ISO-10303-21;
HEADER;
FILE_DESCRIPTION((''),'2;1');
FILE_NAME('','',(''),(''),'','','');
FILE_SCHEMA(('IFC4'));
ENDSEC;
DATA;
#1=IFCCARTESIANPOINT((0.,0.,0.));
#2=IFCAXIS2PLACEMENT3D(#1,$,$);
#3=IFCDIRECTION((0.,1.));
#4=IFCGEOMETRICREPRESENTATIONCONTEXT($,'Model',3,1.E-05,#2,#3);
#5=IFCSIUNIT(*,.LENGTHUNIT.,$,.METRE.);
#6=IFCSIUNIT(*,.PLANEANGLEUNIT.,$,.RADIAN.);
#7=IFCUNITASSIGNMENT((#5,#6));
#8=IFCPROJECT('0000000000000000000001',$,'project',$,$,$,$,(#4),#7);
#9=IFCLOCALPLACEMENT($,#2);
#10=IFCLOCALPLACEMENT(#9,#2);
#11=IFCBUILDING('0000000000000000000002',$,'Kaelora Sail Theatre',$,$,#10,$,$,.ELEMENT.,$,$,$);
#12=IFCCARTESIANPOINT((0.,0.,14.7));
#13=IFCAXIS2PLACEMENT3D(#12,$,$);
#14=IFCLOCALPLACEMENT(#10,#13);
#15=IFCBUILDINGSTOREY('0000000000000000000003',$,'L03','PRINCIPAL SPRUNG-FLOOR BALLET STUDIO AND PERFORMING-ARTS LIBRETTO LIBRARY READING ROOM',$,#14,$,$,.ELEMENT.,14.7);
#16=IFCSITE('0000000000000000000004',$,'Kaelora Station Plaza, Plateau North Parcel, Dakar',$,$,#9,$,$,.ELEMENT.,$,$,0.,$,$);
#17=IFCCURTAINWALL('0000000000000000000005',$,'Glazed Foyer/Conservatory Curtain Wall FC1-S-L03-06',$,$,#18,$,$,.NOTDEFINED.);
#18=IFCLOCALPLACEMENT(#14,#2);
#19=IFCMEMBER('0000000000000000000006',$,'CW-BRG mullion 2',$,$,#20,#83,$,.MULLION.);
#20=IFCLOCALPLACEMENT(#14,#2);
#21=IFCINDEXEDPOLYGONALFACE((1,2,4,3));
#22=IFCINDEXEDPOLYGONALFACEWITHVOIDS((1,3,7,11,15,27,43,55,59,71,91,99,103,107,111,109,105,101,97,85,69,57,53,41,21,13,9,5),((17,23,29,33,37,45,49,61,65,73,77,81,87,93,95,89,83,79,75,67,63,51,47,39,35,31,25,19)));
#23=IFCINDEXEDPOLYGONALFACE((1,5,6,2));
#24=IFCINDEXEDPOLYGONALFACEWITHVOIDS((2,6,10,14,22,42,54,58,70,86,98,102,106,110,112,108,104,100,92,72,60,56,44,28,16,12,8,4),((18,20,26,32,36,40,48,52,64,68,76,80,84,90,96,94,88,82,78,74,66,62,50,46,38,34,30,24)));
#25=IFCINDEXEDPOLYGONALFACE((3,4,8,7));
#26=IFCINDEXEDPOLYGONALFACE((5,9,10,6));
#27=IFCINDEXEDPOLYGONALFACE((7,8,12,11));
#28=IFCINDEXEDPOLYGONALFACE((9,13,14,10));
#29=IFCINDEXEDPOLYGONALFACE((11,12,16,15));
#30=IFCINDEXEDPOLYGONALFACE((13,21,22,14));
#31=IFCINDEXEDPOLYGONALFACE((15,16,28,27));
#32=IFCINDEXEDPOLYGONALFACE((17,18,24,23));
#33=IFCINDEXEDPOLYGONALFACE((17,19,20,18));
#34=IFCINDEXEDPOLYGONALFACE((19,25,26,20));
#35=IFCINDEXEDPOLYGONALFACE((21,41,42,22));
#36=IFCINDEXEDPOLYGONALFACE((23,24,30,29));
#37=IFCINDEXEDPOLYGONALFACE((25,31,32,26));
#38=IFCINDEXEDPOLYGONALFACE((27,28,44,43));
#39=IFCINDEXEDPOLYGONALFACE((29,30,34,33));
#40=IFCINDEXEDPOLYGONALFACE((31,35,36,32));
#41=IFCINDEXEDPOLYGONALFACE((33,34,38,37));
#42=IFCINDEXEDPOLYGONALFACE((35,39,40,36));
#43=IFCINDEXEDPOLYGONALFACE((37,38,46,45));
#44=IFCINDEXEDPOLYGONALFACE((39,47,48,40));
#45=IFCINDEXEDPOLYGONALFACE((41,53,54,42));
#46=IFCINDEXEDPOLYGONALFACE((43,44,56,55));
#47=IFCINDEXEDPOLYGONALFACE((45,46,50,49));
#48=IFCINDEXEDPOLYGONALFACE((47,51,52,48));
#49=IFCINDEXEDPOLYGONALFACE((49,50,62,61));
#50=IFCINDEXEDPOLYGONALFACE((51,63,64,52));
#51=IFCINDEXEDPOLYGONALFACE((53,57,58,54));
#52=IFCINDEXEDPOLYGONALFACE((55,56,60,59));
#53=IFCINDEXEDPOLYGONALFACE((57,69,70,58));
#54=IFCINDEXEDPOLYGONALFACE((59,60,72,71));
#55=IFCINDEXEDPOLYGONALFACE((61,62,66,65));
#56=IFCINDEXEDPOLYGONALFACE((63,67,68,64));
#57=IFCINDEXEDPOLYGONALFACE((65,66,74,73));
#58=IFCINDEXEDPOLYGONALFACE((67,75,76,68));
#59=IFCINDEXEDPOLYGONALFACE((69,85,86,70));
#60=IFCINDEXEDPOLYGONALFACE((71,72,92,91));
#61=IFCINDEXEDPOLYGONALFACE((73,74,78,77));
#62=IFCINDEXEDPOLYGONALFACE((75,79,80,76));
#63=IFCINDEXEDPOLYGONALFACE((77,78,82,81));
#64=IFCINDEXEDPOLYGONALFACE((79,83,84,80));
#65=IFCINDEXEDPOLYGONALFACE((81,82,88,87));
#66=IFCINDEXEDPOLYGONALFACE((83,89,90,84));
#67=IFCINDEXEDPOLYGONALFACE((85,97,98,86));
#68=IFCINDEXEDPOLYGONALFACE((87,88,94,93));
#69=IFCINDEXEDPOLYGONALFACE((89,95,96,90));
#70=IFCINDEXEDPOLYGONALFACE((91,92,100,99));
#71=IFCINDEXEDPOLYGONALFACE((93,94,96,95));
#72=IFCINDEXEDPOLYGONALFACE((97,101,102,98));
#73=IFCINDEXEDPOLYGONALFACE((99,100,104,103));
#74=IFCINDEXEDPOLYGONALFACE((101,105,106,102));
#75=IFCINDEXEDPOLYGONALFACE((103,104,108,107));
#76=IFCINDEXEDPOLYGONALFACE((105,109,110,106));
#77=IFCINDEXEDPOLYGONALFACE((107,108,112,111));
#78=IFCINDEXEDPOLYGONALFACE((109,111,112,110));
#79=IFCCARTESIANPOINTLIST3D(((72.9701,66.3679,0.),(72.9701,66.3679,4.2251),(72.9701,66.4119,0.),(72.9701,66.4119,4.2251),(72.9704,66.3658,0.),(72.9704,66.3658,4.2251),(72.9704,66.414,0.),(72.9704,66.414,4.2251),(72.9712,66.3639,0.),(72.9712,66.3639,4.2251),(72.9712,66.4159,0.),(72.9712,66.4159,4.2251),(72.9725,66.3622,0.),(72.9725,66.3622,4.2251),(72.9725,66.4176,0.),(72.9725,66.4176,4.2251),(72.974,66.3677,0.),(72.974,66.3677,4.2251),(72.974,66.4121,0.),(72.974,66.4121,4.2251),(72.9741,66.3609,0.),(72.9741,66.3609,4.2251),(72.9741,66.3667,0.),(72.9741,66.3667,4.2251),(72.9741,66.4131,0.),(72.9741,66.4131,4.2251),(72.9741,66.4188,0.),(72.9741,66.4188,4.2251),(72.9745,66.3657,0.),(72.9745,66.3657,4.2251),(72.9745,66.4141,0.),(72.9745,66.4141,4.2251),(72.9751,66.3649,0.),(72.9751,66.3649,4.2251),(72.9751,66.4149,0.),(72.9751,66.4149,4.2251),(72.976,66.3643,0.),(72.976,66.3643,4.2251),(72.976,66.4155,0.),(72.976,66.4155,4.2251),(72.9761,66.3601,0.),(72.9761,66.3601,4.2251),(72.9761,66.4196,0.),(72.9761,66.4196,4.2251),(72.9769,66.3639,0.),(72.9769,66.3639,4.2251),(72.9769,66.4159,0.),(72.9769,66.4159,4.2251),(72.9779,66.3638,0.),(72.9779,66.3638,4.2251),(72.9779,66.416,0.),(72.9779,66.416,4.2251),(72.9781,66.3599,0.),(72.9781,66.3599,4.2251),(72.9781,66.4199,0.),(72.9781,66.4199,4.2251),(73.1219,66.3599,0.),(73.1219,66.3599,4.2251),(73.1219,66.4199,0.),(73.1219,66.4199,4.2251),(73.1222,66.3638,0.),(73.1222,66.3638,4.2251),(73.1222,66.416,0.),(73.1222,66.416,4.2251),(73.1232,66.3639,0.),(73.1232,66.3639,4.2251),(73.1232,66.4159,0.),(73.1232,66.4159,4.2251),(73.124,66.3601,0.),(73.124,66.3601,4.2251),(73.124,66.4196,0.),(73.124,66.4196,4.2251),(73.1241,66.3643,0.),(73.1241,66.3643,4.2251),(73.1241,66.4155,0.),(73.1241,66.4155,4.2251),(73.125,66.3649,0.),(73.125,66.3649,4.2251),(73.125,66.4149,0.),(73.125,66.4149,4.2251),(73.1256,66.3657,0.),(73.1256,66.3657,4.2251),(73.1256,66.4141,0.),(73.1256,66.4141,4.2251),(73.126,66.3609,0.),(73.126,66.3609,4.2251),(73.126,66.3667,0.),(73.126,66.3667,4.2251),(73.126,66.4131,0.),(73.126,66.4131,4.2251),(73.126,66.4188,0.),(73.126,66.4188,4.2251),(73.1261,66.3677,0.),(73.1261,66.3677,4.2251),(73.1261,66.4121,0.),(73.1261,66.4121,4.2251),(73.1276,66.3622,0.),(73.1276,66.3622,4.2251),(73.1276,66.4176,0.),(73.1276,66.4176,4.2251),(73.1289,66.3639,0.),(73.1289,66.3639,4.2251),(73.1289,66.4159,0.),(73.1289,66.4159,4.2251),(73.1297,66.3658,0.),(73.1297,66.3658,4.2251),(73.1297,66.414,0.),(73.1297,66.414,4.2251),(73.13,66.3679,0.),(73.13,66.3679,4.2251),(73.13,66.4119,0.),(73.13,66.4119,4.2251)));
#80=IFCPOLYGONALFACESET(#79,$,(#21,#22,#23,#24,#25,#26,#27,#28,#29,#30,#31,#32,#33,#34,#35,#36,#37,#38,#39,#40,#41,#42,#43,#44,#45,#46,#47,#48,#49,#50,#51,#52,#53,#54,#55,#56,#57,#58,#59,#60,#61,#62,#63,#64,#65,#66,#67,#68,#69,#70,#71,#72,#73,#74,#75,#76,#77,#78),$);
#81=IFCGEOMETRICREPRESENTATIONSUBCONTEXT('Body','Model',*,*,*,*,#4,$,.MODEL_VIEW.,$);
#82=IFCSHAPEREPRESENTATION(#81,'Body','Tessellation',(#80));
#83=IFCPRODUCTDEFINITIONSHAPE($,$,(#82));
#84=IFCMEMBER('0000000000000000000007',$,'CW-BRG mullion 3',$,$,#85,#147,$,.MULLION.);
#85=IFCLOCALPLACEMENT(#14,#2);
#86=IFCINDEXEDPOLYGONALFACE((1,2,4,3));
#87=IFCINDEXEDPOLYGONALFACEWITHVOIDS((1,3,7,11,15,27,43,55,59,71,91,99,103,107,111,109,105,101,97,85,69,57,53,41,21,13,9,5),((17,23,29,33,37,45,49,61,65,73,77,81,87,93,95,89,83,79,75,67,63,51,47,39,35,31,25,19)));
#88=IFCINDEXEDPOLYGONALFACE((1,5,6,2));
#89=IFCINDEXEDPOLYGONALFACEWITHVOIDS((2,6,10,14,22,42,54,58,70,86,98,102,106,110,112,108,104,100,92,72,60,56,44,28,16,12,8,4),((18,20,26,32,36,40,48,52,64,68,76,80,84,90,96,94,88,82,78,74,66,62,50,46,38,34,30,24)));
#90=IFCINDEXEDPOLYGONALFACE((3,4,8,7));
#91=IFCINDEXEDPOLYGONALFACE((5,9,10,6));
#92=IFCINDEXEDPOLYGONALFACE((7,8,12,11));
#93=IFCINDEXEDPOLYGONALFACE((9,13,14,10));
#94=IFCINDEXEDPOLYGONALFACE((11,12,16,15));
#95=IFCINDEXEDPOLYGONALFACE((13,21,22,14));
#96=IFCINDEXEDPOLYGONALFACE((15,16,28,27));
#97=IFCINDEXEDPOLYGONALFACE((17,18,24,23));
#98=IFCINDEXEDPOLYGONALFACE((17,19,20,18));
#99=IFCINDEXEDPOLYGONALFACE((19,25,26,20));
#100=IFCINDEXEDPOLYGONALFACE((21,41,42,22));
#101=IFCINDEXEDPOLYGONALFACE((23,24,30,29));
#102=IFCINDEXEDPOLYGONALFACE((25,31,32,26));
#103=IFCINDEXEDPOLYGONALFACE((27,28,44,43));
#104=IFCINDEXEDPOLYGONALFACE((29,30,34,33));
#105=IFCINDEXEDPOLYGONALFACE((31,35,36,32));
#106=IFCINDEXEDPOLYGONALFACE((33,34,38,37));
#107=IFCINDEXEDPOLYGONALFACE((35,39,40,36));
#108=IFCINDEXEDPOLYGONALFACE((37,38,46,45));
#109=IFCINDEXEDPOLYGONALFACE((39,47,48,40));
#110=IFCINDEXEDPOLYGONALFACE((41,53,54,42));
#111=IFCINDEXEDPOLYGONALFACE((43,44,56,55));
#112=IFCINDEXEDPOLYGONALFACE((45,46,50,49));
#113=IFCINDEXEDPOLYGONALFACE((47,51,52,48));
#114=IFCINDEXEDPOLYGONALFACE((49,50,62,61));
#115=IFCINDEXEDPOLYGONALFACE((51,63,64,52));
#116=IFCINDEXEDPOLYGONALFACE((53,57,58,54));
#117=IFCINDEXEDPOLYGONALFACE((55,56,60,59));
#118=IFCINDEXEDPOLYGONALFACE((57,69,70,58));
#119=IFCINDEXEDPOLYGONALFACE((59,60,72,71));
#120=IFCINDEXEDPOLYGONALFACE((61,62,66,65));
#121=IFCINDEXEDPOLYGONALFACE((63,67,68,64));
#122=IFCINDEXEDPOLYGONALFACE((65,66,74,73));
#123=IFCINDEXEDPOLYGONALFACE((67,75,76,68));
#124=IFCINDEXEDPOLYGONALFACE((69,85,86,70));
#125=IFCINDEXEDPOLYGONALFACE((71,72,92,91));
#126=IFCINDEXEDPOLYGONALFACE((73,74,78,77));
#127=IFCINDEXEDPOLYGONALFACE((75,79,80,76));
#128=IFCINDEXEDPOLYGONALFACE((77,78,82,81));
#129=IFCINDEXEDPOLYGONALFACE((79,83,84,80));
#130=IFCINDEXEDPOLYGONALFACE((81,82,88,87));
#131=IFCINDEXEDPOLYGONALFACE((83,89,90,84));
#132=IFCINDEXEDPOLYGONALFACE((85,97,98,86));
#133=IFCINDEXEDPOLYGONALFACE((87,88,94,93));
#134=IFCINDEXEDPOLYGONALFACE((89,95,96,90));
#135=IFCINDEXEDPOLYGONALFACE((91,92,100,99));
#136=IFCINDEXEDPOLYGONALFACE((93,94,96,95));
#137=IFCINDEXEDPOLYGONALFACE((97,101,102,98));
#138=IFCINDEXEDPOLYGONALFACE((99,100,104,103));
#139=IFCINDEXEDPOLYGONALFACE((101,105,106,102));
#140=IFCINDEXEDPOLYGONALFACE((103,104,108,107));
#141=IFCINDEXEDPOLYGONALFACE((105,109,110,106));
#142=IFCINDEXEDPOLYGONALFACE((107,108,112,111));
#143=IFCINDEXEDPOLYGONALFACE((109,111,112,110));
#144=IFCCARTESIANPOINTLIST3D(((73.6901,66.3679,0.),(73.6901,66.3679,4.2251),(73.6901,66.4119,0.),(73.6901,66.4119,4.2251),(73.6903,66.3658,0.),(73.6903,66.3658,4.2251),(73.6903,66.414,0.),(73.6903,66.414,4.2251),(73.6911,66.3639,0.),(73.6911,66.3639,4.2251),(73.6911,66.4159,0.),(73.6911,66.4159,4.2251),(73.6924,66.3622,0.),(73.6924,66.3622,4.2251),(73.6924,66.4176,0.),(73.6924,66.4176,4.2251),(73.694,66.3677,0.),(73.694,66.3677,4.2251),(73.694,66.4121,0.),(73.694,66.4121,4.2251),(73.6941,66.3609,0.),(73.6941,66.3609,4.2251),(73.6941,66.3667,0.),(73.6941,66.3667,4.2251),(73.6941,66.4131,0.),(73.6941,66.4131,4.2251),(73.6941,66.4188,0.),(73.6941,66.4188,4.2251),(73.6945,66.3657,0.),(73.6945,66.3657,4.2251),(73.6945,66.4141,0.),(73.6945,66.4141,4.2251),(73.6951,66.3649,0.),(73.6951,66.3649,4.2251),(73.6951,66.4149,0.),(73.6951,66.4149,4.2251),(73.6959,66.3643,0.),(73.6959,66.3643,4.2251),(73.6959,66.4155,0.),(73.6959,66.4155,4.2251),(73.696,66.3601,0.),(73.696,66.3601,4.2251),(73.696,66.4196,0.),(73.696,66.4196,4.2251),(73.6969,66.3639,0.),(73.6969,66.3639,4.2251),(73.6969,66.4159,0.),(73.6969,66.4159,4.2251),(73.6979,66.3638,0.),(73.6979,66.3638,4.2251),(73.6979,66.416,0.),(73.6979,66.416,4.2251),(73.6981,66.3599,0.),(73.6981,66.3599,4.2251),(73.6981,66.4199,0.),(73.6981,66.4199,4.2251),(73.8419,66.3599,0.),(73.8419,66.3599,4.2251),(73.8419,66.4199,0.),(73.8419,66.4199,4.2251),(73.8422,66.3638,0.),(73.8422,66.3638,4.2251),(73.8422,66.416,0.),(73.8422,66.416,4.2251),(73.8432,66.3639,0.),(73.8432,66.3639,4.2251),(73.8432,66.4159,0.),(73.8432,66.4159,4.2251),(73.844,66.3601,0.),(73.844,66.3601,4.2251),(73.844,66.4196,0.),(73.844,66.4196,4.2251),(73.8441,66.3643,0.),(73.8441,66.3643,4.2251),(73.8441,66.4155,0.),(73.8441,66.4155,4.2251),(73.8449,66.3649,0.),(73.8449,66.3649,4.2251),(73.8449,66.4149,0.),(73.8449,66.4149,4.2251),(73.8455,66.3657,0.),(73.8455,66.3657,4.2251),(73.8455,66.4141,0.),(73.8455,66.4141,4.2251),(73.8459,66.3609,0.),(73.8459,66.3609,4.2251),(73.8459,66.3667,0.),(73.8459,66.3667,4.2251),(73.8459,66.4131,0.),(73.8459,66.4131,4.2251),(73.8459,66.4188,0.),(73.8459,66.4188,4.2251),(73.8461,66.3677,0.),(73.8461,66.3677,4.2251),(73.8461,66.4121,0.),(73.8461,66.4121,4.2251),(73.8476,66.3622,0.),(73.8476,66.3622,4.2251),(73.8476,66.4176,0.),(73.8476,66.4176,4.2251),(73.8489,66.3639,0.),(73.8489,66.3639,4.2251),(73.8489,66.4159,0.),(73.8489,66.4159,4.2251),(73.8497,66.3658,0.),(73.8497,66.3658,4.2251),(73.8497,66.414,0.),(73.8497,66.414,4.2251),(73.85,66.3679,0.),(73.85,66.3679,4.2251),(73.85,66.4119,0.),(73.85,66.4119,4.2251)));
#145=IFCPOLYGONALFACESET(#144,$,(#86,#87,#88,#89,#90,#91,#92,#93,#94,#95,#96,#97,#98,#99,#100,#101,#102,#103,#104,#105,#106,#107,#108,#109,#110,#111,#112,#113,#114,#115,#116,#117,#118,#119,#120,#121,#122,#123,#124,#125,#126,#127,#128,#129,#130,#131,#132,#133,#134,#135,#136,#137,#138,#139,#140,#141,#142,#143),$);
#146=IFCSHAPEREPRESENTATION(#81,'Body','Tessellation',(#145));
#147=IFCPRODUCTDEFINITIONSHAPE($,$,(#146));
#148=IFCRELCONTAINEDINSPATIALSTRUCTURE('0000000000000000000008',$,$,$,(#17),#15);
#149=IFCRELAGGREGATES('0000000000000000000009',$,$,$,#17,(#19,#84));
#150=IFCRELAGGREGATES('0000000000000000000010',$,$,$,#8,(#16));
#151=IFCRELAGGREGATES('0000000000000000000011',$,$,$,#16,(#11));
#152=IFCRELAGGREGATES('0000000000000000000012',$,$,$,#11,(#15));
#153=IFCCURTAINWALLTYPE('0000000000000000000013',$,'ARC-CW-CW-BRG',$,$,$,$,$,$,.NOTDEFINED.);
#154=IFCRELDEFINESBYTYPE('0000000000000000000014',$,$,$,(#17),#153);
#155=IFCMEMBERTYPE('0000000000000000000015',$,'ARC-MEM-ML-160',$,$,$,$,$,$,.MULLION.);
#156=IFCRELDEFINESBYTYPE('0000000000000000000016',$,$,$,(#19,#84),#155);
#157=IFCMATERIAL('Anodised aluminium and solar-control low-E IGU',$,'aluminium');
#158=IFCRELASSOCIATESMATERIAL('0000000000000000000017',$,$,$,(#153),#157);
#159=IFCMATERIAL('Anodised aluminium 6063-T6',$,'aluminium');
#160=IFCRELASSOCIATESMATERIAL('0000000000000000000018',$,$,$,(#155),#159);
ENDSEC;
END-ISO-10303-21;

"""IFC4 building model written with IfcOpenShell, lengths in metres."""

from ifc_helpers import new_model, si_unit, direction, frame, origin, origin_2d, place, context, subcontext, project, spatial, hollow_rectangle, extrude, material, material_profile, profile_set, type_object, element, aggregate, save


model = new_model("IFC4")

# Units and contexts
model_context = context("Model", 3, precision=1e-05, world=origin(), true_north=direction((0.0, 1.0)))
body_context = subcontext(model_context, "Body", "Model", "MODEL_VIEW")
ifc_project = project(units=[si_unit("LENGTHUNIT", "METRE"), si_unit("PLANEANGLEUNIT", "RADIAN")], contexts=[model_context])

# Site, building, storey
site_placement = place(None, origin())
site = spatial("IfcSite", under=ifc_project, at=site_placement, Name="Kaelora Station Plaza, Plateau North Parcel, Dakar", CompositionType="ELEMENT", RefElevation=0.0)
building_placement = place(site_placement, origin())
building = spatial("IfcBuilding", under=site, at=building_placement, Name="Kaelora Sail Theatre", CompositionType="ELEMENT")
storey_placement = place(building_placement, frame((0.0, 0.0, 14.7)))
storey = spatial("IfcBuildingStorey", under=building, at=storey_placement, Name="L03", Description="PRINCIPAL SPRUNG-FLOOR BALLET STUDIO AND PERFORMING-ARTS LIBRETTO LIBRARY READING ROOM", CompositionType="ELEMENT", Elevation=14.7)

# Curtain wall, members
ifc_material_1 = material(Name="Anodised aluminium and solar-control low-E IGU", Category="aluminium")
curtain_wall_type = type_object("IfcCurtainWallType", Name="ARC-CW-CW-BRG", PredefinedType="NOTDEFINED", material=ifc_material_1)
curtain_wall_1_placement = place(storey_placement, origin())
curtain_wall_1 = element("IfcCurtainWall", 1, at=curtain_wall_1_placement, inside=storey, type_object=curtain_wall_type, Name="Glazed Foyer/Conservatory Curtain Wall FC1-S-L03-06", PredefinedType="NOTDEFINED")
ifc_material_2 = material(Name="Anodised aluminium 6063-T6", Category="aluminium")
ifc_material_profile_1 = material_profile(ifc_material_2, hollow_rectangle(XDim=0.0601, YDim=0.1599, WallThickness=0.0039, InnerFilletRadius=0.0039, OuterFilletRadius=0.0081, at=origin_2d()), Name="ALU-MULL 60x160x4")
ifc_profile_set_1 = profile_set([ifc_material_profile_1], Name="Anodised aluminium 6063-T6")
member_type_1 = type_object("IfcMemberType", Name="ARC-MEM-ML-160", PredefinedType="MULLION", material=ifc_profile_set_1)
member_1_placement = place(storey_placement, frame((73.05, 66.3899, 0.0), z_axis=(0.0, 0.0, 1.0), x_axis=(0.0, 1.0, 0.0)))
member_1 = element("IfcMember", 2, at=member_1_placement, type_object=member_type_1, Name="CW-BRG mullion 2", PredefinedType="MULLION", context=body_context, shape_type="SweptSolid", body=[
    extrude(hollow_rectangle(XDim=0.0601, YDim=0.1599, WallThickness=0.0039, InnerFilletRadius=0.0039, OuterFilletRadius=0.0081, at=origin_2d()), origin(), (0.0, 0.0, 1.0), 4.2251),
])
member_2_placement = place(storey_placement, frame((73.77, 66.3899, 0.0), z_axis=(0.0, 0.0, 1.0), x_axis=(0.0, 1.0, 0.0)))
member_2 = element("IfcMember", 3, at=member_2_placement, type_object=member_type_1, Name="CW-BRG mullion 3", PredefinedType="MULLION", context=body_context, shape_type="SweptSolid", body=[
    extrude(hollow_rectangle(XDim=0.0601, YDim=0.1599, WallThickness=0.0039, InnerFilletRadius=0.0039, OuterFilletRadius=0.0081, at=origin_2d()), origin(), (0.0, 0.0, 1.0), 4.2251),
])

aggregate(curtain_wall_1, [member_1, member_2])

save(model, "model.ifc")
